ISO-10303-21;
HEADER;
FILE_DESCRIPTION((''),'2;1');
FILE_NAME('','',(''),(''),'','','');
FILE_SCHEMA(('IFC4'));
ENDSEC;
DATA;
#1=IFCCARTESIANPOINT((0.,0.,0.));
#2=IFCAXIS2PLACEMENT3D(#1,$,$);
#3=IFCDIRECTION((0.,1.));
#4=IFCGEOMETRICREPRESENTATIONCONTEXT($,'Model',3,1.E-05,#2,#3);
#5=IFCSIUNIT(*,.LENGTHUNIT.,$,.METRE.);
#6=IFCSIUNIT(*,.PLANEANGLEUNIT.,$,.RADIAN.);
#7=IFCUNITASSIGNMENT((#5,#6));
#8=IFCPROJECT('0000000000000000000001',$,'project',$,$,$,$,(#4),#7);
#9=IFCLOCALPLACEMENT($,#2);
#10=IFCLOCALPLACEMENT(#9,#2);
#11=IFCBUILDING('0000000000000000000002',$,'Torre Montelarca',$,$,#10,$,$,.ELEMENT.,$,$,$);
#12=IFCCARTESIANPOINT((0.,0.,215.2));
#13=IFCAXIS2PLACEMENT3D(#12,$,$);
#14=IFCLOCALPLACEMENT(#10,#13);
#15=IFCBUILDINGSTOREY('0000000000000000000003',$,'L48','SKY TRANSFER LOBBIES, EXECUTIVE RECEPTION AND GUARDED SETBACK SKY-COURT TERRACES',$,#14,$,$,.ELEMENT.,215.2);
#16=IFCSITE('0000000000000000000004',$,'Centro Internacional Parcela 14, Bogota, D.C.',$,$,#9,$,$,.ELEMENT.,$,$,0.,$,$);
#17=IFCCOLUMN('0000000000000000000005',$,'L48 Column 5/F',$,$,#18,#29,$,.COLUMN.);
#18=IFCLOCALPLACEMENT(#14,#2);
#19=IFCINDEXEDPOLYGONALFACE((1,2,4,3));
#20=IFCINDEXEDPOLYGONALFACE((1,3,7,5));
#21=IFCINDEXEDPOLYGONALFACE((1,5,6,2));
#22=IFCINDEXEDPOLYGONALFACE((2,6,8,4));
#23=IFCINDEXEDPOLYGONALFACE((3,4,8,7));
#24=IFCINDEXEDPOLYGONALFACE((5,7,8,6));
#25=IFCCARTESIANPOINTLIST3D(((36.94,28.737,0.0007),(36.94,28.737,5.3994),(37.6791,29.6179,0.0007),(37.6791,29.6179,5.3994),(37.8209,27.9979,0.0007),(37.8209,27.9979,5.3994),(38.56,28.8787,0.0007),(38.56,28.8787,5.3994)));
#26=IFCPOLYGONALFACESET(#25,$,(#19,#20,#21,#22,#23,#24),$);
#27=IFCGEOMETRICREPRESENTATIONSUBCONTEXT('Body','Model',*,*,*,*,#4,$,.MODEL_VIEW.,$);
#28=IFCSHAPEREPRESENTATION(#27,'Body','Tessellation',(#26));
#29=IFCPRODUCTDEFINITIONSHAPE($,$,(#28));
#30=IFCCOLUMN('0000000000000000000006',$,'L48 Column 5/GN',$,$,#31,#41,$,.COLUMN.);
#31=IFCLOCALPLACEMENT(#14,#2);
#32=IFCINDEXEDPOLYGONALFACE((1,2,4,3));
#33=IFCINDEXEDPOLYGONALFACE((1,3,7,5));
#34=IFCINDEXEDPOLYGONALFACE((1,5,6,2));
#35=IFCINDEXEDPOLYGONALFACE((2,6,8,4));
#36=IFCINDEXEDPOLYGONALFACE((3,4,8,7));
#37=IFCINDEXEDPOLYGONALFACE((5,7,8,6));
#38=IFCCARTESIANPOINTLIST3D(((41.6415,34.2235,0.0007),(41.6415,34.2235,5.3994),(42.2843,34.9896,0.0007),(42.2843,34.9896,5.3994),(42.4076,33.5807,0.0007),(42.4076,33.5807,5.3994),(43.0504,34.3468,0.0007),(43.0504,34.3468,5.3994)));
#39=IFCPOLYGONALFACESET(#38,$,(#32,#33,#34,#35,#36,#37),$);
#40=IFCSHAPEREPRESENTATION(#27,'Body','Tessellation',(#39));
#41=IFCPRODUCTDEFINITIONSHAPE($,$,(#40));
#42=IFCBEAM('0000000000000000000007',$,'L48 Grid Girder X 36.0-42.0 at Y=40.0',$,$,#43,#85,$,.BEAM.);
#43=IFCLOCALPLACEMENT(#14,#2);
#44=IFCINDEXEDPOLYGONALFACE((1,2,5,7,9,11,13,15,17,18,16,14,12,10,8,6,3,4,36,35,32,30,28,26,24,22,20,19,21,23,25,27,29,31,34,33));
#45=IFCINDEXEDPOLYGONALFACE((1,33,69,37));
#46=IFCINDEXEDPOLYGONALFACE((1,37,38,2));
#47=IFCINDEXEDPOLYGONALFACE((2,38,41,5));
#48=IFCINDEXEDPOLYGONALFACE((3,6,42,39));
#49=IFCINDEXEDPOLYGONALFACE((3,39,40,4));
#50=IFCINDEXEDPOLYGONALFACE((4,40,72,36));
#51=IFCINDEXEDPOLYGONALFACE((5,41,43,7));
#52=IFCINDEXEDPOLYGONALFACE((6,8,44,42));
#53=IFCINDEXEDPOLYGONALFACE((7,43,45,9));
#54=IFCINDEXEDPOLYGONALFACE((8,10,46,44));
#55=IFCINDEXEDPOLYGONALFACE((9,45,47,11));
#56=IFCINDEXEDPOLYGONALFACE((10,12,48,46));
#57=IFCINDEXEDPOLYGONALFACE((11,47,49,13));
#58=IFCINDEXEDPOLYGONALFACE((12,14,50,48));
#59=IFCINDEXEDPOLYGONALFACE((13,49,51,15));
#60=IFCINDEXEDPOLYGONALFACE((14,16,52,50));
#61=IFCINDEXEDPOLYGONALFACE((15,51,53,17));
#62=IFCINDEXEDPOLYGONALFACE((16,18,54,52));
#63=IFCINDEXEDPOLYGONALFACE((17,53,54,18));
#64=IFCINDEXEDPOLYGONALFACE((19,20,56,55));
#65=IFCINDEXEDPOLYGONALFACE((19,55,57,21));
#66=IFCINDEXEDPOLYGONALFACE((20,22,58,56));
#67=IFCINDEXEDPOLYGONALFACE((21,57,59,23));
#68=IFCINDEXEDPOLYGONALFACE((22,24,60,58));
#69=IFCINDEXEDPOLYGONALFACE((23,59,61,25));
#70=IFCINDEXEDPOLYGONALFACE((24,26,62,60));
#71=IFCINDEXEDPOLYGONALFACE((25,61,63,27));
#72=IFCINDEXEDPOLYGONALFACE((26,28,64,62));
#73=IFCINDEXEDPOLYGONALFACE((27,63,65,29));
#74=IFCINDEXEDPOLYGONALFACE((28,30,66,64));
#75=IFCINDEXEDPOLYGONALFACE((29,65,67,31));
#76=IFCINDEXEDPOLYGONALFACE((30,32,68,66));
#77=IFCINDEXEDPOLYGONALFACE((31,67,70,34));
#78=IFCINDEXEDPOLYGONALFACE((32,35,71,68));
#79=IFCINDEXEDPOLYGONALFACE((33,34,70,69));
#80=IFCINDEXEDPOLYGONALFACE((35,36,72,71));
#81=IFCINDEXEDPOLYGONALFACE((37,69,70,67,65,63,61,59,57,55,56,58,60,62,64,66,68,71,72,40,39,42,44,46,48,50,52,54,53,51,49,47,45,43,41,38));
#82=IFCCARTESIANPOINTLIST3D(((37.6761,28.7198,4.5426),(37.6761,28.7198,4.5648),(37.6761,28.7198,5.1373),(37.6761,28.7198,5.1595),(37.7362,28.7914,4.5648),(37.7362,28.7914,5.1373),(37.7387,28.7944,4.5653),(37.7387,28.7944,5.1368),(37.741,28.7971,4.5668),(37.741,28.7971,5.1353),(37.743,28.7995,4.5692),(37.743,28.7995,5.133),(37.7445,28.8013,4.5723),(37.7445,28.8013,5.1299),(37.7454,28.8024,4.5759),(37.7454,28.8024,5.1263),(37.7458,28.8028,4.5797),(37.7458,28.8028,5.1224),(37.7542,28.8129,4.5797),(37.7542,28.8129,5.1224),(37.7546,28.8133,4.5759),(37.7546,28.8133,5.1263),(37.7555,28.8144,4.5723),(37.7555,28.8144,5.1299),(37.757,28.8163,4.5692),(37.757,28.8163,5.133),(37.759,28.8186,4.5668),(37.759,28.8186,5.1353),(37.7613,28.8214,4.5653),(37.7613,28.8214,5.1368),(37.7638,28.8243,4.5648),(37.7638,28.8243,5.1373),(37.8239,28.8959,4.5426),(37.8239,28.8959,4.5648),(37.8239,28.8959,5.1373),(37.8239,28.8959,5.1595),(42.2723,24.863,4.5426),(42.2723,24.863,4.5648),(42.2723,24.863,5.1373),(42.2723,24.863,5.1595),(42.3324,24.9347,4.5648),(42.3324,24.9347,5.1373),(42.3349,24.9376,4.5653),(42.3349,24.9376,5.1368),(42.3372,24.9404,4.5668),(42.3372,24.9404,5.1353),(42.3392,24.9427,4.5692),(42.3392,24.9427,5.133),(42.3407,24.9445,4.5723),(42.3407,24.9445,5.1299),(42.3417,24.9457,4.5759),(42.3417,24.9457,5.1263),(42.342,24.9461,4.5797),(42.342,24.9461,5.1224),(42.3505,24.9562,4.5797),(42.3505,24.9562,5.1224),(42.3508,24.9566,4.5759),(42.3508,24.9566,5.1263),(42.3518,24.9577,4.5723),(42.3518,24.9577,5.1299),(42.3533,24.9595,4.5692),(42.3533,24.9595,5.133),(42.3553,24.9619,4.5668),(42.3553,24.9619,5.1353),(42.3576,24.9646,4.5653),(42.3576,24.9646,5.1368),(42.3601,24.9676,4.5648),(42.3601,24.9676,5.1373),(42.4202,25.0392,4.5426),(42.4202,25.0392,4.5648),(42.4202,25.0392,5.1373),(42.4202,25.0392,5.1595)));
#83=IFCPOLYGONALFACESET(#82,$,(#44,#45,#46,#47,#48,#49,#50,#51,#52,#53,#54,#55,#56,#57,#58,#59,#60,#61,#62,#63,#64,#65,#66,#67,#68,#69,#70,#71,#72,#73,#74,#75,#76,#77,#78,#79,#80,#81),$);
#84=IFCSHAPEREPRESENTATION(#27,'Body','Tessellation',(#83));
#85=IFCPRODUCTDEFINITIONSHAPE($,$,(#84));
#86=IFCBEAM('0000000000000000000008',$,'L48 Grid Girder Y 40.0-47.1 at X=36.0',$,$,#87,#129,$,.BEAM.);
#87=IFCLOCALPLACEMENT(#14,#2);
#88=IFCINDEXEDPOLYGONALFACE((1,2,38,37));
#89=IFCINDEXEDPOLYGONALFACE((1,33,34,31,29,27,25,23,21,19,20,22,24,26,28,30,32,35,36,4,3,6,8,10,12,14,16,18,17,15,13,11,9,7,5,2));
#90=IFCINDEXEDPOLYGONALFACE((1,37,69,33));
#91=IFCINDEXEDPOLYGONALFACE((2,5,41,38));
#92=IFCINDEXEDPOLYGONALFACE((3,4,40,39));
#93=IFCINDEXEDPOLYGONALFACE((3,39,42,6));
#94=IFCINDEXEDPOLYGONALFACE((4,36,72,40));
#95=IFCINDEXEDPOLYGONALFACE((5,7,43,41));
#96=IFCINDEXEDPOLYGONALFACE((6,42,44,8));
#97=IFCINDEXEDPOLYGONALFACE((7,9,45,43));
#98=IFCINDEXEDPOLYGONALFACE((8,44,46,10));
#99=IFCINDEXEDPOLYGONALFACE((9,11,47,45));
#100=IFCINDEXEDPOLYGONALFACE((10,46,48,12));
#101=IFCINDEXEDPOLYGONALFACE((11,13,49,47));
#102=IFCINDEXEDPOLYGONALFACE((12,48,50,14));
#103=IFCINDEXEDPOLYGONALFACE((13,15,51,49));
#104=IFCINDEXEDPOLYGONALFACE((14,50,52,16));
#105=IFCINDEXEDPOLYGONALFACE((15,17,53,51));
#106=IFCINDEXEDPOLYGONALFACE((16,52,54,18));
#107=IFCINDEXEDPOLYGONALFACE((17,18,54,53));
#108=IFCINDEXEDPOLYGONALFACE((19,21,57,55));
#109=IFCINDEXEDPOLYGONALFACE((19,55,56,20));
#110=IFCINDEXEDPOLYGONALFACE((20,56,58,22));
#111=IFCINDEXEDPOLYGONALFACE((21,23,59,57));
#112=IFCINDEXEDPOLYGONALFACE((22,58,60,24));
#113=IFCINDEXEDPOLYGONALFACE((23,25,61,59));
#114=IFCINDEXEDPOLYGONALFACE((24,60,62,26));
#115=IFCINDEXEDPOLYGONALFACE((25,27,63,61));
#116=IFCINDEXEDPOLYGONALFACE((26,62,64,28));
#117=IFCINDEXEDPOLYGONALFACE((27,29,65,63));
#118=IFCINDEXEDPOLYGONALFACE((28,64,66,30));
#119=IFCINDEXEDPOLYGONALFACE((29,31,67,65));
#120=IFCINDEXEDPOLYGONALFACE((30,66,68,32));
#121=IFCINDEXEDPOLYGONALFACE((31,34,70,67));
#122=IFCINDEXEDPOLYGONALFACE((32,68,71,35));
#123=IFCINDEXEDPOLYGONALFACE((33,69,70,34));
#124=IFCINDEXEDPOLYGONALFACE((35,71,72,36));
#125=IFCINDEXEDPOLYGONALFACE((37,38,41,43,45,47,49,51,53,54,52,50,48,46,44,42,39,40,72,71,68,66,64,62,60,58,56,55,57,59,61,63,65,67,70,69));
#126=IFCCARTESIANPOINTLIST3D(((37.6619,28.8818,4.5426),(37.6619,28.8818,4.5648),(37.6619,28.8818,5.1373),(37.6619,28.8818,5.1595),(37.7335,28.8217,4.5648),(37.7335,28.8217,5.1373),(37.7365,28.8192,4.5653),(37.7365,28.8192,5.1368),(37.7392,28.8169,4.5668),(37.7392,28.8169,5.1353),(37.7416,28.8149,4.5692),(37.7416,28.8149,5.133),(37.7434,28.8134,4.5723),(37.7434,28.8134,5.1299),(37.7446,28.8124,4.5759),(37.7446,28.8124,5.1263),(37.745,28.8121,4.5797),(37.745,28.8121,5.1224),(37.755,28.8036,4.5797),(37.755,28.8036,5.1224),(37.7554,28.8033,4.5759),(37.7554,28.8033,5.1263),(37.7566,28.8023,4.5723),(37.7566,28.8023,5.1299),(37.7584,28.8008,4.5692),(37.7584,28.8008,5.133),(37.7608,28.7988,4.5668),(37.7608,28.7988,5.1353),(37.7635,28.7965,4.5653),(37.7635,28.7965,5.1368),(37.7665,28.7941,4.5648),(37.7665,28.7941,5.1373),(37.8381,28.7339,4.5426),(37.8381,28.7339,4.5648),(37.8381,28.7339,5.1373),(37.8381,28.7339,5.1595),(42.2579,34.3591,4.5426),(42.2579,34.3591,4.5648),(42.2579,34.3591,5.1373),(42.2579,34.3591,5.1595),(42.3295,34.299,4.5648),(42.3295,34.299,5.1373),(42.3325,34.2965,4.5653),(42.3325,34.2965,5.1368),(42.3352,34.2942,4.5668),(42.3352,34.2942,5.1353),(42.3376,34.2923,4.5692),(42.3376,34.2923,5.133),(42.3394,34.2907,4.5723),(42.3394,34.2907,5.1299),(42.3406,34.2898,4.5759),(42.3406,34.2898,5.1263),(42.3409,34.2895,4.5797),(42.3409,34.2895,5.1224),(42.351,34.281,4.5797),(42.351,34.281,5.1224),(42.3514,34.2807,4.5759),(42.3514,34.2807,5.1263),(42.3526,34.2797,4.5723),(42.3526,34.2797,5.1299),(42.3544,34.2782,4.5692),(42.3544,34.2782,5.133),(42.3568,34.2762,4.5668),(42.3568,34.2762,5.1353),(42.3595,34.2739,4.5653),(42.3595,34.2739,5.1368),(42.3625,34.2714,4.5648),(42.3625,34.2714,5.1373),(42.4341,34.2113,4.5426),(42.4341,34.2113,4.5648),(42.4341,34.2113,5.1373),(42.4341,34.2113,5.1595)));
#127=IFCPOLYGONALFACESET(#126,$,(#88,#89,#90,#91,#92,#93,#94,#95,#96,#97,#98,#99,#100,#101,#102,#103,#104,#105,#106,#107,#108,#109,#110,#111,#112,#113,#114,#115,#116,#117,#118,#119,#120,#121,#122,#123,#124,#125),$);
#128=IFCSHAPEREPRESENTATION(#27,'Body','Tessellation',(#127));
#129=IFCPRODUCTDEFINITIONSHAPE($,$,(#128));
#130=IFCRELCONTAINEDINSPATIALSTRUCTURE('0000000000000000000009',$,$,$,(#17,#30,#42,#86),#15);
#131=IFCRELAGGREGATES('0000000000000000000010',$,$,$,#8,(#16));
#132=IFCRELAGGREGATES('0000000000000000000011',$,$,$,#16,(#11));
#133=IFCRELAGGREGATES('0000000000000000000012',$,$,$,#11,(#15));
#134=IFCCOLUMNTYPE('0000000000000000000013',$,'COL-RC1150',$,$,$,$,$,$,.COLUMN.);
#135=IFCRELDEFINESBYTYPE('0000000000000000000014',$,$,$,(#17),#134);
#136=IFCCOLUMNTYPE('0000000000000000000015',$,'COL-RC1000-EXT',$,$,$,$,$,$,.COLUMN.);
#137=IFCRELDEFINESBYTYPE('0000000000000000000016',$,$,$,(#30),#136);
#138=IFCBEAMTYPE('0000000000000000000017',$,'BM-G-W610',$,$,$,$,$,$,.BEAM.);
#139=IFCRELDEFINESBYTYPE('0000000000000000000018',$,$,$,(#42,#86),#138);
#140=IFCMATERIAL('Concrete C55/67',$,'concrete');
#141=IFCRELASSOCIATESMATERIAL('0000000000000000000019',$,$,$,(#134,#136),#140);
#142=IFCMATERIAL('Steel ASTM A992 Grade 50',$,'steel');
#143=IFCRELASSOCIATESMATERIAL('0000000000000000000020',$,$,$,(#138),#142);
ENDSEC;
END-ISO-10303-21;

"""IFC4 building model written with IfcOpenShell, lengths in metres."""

from ifc_helpers import new_model, si_unit, direction, frame, origin, origin_2d, place, context, subcontext, project, spatial, rectangle, i_section, extrude, source, transform, mapped, material, material_profile, profile_set, type_object, element, save


model = new_model("IFC4")

# Units and contexts
model_context = context("Model", 3, precision=1e-05, world=origin(), true_north=direction((0.0, 1.0)))
body_context = subcontext(model_context, "Body", "Model", "MODEL_VIEW")
ifc_project = project(units=[si_unit("LENGTHUNIT", "METRE"), si_unit("PLANEANGLEUNIT", "RADIAN")], contexts=[model_context])

# Site, building, storey
site_placement = place(None, origin())
site = spatial("IfcSite", under=ifc_project, at=site_placement, Name="Centro Internacional Parcela 14, Bogota, D.C.", CompositionType="ELEMENT", RefElevation=0.0)
building_placement = place(site_placement, origin())
building = spatial("IfcBuilding", under=site, at=building_placement, Name="Torre Montelarca", CompositionType="ELEMENT")
storey_placement = place(building_placement, frame((0.0, 0.0, 215.2)))
storey = spatial("IfcBuildingStorey", under=building, at=storey_placement, Name="L48", Description="SKY TRANSFER LOBBIES, EXECUTIVE RECEPTION AND GUARDED SETBACK SKY-COURT TERRACES", CompositionType="ELEMENT", Elevation=215.2)

# Columns
ifc_material_1 = material(Name="Concrete C55/67", Category="concrete")
ifc_material_profile_1 = material_profile(ifc_material_1, rectangle(XDim=1.1499, YDim=1.1499, at=origin_2d()), Name="RC1150X1150", Category="concrete")
ifc_profile_set_1 = profile_set([ifc_material_profile_1], Name="Concrete C55/67")
column_type_1 = type_object("IfcColumnType", Name="COL-RC1150", PredefinedType="COLUMN", material=ifc_profile_set_1)
shared_shape_1 = source(origin(), body_context, "Body", "SweptSolid", [
    extrude(rectangle(XDim=1.1499, YDim=1.1499, at=origin_2d()), origin(), (0.0, 0.0, 1.0), 5.3987),
])
column_1_placement = place(storey_placement, frame((37.75, 28.8079, 0.0007), z_axis=(0.0, 0.0, 1.0), x_axis=(-0.766044, 0.642788, 0.0)))
element("IfcColumn", 1, at=column_1_placement, inside=storey, type_object=column_type_1, Name="L48 Column 5/F", PredefinedType="COLUMN", context=body_context, shape_type="MappedRepresentation", body=[
    mapped(shared_shape_1, transform((0.0, 0.0, 0.0), scale=1.0)),
])
ifc_material_profile_2 = material_profile(ifc_material_1, rectangle(XDim=1.0, YDim=1.0, at=origin_2d()), Name="RC1000X1000", Category="concrete")
ifc_profile_set_2 = profile_set([ifc_material_profile_2], Name="Concrete C55/67")
column_type_2 = type_object("IfcColumnType", Name="COL-RC1000-EXT", PredefinedType="COLUMN", material=ifc_profile_set_2)
shared_shape_2 = source(origin(), body_context, "Body", "SweptSolid", [
    extrude(rectangle(XDim=1.0, YDim=1.0, at=origin_2d()), origin(), (0.0, 0.0, 1.0), 5.3987),
])
column_2_placement = place(storey_placement, frame((42.3459, 34.2852, 0.0007), z_axis=(0.0, 0.0, 1.0), x_axis=(-0.766044, 0.642788, 0.0)))
element("IfcColumn", 2, at=column_2_placement, inside=storey, type_object=column_type_2, Name="L48 Column 5/GN", PredefinedType="COLUMN", context=body_context, shape_type="MappedRepresentation", body=[
    mapped(shared_shape_2, transform((0.0, 0.0, 0.0), scale=1.0)),
])

# Beams
ifc_material_2 = material(Name="Steel ASTM A992 Grade 50", Category="steel")
ifc_material_profile_3 = material_profile(ifc_material_2, i_section(OverallWidth=0.23, OverallDepth=0.6169, WebThickness=0.0132, FlangeThickness=0.0222, FilletRadius=0.0149, at=origin_2d()), Name="W610X140", Category="steel")
ifc_profile_set_3 = profile_set([ifc_material_profile_3], Name="Steel ASTM A992 Grade 50")
beam_type = type_object("IfcBeamType", Name="BM-G-W610", PredefinedType="BEAM", material=ifc_profile_set_3)
shared_shape_3 = source(origin(), body_context, "Body", "SweptSolid", [
    extrude(i_section(OverallWidth=0.23, OverallDepth=0.6169, WebThickness=0.0132, FlangeThickness=0.0222, FilletRadius=0.0149, at=origin_2d()), origin(), (0.0, 0.0, 1.0), 6.0),
])
beam_1_placement = place(storey_placement, frame((37.75, 28.8079, 4.8511), z_axis=(0.766042, -0.64279, 0.0), x_axis=(0.64279, 0.766042, 0.0)))
element("IfcBeam", 3, at=beam_1_placement, inside=storey, type_object=beam_type, Name="L48 Grid Girder X 36.0-42.0 at Y=40.0", PredefinedType="BEAM", context=body_context, shape_type="MappedRepresentation", body=[
    mapped(shared_shape_3, transform((0.0, 0.0, 0.0), scale=1.0)),
])
shared_shape_4 = source(origin(), body_context, "Body", "SweptSolid", [
    extrude(i_section(OverallWidth=0.23, OverallDepth=0.6169, WebThickness=0.0132, FlangeThickness=0.0222, FilletRadius=0.0149, at=origin_2d()), origin(), (0.0, 0.0, 1.0), 7.1501),
])
beam_2_placement = place(storey_placement, frame((37.75, 28.8079, 4.8511), z_axis=(0.642784, 0.766048, 0.0), x_axis=(-0.766048, 0.642784, 0.0)))
element("IfcBeam", 4, at=beam_2_placement, inside=storey, type_object=beam_type, Name="L48 Grid Girder Y 40.0-47.1 at X=36.0", PredefinedType="BEAM", context=body_context, shape_type="MappedRepresentation", body=[
    mapped(shared_shape_4, transform((0.0, 0.0, 0.0), scale=1.0)),
])

save(model, "model.ifc")
